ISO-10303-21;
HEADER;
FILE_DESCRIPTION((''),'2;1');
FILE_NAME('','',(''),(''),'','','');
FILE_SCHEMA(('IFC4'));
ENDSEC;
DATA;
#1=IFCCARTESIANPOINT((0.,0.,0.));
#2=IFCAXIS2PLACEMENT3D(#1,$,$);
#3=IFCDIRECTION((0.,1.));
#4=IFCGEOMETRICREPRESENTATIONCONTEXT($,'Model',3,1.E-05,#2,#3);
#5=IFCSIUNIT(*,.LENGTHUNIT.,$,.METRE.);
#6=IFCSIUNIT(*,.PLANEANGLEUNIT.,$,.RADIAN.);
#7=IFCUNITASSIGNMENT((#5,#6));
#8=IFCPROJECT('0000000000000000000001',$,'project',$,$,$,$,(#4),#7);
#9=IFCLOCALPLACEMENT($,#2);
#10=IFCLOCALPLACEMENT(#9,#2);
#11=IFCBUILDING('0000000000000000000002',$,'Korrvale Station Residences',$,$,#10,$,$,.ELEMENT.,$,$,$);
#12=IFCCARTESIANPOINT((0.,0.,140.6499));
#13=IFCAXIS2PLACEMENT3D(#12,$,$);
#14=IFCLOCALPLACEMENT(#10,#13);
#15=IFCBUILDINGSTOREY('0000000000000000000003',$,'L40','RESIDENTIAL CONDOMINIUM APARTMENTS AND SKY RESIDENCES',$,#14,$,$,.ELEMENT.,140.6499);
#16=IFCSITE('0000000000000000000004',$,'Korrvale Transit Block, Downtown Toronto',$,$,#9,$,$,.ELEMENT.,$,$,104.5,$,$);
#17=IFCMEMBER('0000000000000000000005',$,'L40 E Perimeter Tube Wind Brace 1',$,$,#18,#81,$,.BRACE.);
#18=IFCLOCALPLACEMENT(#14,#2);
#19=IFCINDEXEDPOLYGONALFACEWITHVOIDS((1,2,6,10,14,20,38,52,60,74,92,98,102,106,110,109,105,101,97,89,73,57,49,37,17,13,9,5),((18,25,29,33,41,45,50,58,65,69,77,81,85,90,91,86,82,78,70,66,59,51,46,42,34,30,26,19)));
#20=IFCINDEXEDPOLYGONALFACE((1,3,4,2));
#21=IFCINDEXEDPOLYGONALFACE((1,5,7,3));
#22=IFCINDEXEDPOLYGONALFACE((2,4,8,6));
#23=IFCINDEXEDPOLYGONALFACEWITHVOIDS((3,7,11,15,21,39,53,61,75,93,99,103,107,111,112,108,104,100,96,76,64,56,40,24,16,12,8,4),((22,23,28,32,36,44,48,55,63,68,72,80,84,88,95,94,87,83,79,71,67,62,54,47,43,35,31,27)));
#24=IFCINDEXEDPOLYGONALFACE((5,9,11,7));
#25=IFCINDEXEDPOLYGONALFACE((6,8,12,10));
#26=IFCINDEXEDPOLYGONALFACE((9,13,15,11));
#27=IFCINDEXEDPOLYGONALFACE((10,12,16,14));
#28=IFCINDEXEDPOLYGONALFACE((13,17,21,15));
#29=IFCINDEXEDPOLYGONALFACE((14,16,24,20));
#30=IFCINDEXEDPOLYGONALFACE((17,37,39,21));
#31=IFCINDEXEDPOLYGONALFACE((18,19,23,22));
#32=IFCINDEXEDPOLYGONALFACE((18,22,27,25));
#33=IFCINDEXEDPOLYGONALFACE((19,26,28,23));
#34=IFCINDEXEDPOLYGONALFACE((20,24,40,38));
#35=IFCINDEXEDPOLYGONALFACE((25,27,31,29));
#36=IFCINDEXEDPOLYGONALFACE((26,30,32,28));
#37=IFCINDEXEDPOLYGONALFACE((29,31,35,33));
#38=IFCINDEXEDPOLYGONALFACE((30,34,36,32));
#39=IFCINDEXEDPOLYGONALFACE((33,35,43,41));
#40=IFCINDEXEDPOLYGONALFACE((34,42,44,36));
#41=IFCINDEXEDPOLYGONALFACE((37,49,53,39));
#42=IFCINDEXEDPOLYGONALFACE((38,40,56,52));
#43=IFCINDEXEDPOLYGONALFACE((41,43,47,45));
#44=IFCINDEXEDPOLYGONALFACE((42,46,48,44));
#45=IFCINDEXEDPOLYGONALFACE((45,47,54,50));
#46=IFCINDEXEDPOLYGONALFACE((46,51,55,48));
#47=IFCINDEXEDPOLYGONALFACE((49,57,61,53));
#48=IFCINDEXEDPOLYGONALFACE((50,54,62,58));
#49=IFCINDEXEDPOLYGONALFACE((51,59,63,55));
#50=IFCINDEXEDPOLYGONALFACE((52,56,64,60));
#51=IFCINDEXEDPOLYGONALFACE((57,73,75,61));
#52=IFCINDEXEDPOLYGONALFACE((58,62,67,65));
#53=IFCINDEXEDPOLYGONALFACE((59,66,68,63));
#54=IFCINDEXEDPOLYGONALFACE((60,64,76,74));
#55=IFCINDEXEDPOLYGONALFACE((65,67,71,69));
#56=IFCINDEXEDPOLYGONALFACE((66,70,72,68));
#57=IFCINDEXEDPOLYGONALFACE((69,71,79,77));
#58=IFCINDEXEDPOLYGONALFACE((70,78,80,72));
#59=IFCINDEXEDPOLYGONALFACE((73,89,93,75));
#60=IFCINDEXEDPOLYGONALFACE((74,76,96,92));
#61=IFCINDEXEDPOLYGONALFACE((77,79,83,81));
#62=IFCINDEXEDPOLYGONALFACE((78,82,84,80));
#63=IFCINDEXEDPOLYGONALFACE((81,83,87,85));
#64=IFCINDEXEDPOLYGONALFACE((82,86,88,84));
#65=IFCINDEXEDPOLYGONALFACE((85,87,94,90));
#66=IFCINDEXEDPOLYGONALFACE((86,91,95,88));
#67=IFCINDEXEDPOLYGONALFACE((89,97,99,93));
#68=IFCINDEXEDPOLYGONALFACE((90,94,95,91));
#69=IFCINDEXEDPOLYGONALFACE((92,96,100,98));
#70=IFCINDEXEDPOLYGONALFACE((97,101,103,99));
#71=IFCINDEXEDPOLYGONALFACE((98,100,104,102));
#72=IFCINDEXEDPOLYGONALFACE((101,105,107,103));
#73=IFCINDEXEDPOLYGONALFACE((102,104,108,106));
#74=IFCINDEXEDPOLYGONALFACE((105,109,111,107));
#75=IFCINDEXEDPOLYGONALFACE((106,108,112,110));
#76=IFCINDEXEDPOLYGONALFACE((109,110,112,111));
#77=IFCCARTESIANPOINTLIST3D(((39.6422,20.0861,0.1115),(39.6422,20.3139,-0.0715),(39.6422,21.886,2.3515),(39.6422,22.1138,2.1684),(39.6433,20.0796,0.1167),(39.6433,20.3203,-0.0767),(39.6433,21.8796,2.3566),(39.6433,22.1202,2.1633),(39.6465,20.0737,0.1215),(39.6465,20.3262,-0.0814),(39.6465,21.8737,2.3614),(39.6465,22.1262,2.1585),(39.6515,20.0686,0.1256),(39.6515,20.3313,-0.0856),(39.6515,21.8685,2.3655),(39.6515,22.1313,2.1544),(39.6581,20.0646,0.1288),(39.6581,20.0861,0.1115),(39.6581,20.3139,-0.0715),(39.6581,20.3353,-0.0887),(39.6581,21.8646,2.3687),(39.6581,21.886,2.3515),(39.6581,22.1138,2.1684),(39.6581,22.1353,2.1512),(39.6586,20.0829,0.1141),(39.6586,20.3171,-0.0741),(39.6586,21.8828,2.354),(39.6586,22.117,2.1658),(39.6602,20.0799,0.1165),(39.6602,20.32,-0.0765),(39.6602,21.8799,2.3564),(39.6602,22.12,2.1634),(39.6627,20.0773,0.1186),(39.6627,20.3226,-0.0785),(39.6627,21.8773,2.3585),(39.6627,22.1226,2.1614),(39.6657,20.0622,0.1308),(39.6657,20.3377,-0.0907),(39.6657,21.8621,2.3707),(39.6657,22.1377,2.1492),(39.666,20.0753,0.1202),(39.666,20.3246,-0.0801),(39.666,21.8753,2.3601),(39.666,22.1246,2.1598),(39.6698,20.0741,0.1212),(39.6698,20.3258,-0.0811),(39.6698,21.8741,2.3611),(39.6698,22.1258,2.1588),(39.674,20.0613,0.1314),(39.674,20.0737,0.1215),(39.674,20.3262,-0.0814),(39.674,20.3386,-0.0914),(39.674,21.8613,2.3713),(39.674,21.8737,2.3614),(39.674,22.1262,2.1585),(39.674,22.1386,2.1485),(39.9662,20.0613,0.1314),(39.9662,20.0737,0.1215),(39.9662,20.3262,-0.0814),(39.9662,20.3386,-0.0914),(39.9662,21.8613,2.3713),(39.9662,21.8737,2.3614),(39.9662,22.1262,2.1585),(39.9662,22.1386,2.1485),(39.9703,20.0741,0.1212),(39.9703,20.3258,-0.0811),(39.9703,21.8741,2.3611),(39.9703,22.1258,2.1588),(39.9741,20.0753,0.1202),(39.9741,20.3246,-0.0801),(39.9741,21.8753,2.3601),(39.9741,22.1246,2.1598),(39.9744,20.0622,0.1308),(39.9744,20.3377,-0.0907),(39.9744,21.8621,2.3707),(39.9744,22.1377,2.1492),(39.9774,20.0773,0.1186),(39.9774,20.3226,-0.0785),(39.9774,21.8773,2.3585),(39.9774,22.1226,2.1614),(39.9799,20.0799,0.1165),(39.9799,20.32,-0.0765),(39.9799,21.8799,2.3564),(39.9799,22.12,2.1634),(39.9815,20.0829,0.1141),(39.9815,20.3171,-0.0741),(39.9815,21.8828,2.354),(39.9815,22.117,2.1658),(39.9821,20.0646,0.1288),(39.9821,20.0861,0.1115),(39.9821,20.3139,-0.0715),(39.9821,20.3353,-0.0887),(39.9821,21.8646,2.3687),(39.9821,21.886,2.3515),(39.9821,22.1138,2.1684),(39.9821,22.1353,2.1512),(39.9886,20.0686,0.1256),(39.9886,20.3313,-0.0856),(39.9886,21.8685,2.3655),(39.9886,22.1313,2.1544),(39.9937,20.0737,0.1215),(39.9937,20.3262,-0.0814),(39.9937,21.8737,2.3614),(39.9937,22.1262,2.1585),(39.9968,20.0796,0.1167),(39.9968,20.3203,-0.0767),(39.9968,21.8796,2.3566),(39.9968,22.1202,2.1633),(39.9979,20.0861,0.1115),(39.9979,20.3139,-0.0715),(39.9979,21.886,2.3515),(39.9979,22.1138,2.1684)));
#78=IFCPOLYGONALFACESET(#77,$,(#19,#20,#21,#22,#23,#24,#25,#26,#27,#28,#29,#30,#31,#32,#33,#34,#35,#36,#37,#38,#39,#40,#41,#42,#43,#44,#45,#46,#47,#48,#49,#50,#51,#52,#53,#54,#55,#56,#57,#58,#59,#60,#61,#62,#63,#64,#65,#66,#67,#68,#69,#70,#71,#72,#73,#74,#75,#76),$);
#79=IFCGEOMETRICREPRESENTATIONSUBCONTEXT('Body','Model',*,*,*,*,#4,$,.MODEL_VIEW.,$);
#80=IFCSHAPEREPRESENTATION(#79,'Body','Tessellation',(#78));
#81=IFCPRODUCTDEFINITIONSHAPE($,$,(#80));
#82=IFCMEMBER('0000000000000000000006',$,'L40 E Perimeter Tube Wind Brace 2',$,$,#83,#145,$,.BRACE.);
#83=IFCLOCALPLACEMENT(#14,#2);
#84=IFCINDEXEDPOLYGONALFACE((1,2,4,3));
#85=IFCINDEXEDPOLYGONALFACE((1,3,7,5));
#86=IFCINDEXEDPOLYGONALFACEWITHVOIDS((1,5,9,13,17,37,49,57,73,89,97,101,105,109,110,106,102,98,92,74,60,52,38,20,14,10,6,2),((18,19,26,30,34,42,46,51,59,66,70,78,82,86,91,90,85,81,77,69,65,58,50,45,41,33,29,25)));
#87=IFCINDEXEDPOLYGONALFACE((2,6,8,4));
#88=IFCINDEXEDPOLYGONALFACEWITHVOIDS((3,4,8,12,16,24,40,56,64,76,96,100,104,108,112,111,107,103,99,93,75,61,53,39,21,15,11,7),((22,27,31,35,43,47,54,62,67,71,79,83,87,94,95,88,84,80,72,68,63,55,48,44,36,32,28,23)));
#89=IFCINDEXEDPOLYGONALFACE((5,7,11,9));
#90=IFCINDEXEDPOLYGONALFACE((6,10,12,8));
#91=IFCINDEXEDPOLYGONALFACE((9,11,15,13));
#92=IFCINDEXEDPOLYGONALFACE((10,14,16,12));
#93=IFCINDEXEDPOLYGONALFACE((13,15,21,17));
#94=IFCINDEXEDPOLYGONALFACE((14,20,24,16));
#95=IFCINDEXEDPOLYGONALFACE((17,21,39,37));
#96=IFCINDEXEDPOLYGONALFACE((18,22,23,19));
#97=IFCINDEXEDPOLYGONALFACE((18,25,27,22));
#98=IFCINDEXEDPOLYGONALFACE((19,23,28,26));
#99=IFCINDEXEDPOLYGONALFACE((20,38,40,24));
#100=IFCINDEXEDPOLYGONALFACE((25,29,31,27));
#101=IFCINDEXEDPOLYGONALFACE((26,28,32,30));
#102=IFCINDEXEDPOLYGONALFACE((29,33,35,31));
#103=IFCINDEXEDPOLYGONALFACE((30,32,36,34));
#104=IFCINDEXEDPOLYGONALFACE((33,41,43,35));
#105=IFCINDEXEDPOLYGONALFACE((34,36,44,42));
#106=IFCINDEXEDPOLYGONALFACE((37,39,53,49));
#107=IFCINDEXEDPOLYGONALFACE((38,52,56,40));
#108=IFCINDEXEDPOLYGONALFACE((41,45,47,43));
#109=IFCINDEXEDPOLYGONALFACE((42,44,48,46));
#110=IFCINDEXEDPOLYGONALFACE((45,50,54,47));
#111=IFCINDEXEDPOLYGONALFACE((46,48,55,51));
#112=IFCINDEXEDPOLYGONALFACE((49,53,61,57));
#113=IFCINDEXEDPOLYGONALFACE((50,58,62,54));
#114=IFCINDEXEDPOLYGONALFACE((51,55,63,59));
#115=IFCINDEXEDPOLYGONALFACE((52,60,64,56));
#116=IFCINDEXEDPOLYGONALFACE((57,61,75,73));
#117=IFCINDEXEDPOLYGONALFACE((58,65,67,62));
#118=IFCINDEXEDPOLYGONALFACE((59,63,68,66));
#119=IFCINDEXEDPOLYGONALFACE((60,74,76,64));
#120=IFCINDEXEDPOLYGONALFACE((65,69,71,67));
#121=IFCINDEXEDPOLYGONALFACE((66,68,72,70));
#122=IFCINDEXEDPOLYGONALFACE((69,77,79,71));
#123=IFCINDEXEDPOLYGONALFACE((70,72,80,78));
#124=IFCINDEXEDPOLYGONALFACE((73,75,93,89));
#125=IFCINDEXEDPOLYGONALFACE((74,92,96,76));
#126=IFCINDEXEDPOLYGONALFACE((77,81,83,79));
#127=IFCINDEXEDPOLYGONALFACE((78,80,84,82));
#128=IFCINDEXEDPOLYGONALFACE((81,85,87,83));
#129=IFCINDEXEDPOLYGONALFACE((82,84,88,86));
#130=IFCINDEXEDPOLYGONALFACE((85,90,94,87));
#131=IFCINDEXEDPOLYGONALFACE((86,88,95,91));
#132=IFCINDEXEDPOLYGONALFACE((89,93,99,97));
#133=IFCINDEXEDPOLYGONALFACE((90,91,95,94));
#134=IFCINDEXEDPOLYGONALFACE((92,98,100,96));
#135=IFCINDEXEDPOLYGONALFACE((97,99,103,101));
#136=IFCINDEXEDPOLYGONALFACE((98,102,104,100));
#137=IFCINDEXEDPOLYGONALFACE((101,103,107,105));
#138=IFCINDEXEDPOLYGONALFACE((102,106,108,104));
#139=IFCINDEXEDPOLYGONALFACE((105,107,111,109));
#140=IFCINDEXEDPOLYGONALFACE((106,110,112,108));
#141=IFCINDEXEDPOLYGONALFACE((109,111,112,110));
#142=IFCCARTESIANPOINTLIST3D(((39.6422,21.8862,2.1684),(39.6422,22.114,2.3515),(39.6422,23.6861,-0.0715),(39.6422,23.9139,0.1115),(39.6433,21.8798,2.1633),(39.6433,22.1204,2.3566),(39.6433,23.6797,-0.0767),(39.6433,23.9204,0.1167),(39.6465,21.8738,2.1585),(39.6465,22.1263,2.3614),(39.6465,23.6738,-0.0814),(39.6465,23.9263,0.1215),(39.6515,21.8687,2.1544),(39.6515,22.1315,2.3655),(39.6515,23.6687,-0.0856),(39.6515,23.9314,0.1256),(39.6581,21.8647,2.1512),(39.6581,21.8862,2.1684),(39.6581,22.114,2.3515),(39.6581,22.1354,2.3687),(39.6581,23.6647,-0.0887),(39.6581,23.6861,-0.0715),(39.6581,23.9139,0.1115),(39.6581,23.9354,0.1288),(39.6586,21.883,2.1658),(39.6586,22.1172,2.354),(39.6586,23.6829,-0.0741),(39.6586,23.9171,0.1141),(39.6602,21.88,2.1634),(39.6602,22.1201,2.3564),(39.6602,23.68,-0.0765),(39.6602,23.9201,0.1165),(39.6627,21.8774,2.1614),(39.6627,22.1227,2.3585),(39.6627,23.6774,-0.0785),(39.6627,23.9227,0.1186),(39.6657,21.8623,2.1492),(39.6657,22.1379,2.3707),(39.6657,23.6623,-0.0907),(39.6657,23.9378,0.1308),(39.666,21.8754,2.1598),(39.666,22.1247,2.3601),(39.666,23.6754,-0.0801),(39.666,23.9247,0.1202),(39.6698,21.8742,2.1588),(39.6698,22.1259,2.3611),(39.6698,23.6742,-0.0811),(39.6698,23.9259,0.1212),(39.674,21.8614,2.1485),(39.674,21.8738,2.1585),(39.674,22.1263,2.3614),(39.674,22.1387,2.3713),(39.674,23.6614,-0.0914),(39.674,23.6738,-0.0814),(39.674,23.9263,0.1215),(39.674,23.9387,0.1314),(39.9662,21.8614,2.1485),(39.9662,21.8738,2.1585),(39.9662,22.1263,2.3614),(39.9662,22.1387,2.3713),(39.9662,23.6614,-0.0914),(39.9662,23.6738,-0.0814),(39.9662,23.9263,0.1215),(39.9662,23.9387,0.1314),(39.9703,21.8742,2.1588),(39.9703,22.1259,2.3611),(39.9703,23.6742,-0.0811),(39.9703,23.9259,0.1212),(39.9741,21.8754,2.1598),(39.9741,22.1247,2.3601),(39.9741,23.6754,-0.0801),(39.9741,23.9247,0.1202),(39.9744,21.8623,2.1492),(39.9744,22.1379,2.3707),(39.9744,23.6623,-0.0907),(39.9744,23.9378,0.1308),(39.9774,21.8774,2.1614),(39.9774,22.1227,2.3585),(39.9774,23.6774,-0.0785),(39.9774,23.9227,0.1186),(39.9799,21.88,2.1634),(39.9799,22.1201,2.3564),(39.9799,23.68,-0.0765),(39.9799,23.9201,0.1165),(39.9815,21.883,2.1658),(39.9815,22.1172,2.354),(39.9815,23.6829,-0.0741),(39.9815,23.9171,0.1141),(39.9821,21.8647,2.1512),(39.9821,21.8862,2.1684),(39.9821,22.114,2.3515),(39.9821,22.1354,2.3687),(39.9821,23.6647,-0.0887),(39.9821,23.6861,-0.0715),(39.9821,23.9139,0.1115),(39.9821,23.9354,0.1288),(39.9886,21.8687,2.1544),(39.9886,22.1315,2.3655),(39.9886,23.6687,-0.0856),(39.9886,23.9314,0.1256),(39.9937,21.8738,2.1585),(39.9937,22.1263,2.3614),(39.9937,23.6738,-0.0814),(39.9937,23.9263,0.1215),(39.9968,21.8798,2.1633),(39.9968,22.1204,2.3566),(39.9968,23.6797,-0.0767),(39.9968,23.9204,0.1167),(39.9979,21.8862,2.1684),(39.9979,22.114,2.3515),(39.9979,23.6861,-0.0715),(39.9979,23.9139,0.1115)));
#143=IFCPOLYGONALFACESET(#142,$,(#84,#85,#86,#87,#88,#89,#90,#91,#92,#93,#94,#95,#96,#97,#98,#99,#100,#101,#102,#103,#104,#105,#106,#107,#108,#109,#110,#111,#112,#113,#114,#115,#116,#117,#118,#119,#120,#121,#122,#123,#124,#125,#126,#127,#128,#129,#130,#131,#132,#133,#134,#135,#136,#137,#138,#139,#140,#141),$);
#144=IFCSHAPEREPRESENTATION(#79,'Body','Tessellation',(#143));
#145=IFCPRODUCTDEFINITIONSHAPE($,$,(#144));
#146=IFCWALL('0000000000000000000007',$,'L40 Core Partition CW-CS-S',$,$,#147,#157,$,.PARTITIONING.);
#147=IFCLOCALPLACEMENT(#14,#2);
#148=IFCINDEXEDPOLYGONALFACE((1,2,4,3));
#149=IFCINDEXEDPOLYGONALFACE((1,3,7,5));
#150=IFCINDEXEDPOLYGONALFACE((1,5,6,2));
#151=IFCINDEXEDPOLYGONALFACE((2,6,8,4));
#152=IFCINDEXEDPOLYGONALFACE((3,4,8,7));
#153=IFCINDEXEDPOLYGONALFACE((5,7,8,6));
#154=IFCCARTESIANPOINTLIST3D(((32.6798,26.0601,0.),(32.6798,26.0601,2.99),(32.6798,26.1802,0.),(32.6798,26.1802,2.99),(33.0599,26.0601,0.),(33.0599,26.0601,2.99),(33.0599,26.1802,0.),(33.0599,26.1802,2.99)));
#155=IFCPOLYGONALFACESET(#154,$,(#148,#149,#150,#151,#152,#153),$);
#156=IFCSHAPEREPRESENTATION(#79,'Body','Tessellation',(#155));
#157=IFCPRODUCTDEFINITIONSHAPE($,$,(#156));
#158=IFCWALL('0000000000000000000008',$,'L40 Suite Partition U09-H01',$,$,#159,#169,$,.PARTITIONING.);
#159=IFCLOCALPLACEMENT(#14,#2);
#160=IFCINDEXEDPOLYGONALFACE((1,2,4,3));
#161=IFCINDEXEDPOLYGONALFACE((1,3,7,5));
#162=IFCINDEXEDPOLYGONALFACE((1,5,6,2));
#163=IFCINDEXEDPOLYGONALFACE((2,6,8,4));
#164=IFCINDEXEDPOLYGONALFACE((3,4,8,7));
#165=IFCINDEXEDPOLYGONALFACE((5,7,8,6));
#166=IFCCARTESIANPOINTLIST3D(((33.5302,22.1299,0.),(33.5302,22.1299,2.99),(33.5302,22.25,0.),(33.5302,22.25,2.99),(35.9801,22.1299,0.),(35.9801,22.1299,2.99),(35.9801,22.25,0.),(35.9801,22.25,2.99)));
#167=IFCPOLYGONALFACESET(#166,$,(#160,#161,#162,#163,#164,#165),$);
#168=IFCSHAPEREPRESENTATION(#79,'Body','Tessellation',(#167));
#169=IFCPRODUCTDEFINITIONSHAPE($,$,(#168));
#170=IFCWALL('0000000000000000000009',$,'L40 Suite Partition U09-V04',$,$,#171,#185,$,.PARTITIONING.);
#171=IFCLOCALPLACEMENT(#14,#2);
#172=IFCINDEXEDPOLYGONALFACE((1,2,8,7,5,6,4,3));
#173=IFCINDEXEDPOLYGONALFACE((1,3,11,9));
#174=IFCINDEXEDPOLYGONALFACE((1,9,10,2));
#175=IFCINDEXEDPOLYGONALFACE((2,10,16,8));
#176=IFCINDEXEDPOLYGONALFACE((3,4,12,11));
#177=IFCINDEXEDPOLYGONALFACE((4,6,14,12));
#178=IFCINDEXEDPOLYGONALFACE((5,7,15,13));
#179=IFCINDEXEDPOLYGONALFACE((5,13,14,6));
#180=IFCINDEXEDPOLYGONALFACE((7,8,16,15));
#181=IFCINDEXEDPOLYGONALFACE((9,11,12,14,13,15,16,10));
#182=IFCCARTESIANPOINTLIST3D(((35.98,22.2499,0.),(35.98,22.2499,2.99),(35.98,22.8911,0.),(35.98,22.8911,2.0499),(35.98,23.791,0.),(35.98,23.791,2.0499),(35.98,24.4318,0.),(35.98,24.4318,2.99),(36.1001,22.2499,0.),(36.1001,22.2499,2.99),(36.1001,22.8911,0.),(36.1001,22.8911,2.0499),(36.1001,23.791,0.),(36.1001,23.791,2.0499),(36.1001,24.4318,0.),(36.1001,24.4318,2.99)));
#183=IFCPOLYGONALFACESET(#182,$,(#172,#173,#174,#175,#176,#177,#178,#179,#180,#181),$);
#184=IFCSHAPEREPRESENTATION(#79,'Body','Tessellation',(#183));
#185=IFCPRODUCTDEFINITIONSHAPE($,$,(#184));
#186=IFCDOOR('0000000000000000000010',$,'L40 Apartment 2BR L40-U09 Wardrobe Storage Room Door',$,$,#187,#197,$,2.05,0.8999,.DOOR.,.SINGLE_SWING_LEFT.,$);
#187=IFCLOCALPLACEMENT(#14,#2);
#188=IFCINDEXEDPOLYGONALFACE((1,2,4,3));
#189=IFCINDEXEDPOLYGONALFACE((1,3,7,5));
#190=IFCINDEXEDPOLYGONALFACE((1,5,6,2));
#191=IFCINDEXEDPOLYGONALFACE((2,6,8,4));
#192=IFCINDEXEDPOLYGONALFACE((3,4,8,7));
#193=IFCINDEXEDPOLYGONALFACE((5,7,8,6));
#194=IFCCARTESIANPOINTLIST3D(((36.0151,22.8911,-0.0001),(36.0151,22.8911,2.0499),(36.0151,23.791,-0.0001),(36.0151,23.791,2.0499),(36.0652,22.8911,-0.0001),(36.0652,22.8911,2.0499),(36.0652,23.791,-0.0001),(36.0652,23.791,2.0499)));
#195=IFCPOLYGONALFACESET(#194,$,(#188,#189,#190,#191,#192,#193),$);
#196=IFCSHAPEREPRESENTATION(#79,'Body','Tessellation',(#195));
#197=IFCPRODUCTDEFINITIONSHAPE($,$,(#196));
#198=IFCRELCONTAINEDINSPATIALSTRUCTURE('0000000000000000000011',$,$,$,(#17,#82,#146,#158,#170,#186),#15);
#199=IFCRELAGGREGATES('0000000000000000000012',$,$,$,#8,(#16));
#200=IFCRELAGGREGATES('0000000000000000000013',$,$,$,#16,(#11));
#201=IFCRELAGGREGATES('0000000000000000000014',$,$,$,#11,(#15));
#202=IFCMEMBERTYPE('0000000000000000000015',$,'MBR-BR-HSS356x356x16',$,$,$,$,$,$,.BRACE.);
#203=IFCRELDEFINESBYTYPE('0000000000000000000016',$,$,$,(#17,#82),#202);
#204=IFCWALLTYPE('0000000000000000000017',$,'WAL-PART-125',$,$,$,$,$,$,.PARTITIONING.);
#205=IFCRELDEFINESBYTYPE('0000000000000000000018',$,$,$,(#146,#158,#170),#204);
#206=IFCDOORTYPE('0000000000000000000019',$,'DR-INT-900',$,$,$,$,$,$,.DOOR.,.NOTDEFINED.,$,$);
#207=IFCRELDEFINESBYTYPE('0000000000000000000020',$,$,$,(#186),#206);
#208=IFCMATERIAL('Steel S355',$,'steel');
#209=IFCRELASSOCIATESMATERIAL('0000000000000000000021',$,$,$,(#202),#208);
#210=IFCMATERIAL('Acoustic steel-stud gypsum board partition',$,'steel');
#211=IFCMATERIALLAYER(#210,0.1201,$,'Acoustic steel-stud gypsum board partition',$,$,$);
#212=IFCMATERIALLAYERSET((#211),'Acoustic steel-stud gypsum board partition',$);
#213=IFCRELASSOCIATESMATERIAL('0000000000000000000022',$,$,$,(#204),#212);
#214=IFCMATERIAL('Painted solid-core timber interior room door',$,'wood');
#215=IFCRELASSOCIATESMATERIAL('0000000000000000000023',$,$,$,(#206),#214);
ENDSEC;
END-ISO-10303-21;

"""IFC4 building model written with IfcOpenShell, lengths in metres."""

from ifc_helpers import new_model, si_unit, direction, frame, frame_2d, origin, origin_2d, place, context, subcontext, project, spatial, rectangle, hollow_rectangle, extrude, material, layer, layer_set, material_profile, profile_set, type_object, element, fill, save


model = new_model("IFC4")

# Units and contexts
model_context = context("Model", 3, precision=1e-05, world=origin(), true_north=direction((0.0, 1.0)))
body_context = subcontext(model_context, "Body", "Model", "MODEL_VIEW")
ifc_project = project(units=[si_unit("LENGTHUNIT", "METRE"), si_unit("PLANEANGLEUNIT", "RADIAN")], contexts=[model_context])

# Site, building, storey
site_placement = place(None, origin())
site = spatial("IfcSite", under=ifc_project, at=site_placement, Name="Korrvale Transit Block, Downtown Toronto", CompositionType="ELEMENT", RefElevation=104.5)
building_placement = place(site_placement, origin())
building = spatial("IfcBuilding", under=site, at=building_placement, Name="Korrvale Station Residences", CompositionType="ELEMENT")
storey_placement = place(building_placement, frame((0.0, 0.0, 140.6499)))
storey = spatial("IfcBuildingStorey", under=building, at=storey_placement, Name="L40", Description="RESIDENTIAL CONDOMINIUM APARTMENTS AND SKY RESIDENCES", CompositionType="ELEMENT", Elevation=140.6499)

# Shared definitions
ifc_material_1 = material(Name="Steel S355", Category="steel")

# Members
ifc_material_profile_1 = material_profile(ifc_material_1, hollow_rectangle(XDim=0.3557, YDim=0.3557, WallThickness=0.0159, InnerFilletRadius=0.0159, OuterFilletRadius=0.0317, at=origin_2d()), Name="HSS356x356x16")
ifc_profile_set_1 = profile_set([ifc_material_profile_1], Name="Steel S355")
member_type = type_object("IfcMemberType", Name="MBR-BR-HSS356x356x16", PredefinedType="BRACE", material=ifc_profile_set_1)
for number, where, z_axis, x_axis, name in (
    (1, (39.8201, 20.2, 0.02), (0.0, 0.626403, 0.779499), (-1.0, 0.0, 0.0), "L40 E Perimeter Tube Wind Brace 1"),
    (2, (39.8201, 23.8, 0.02), (0.0, -0.626403, 0.779499), (1.0, 0.0, 0.0), "L40 E Perimeter Tube Wind Brace 2"),
):
    element("IfcMember", number, at=place(storey_placement, frame(where, z_axis=z_axis, x_axis=x_axis)), inside=storey, type_object=member_type, Name=name, PredefinedType="BRACE", context=body_context, shape_type="SweptSolid", body=[
        extrude(hollow_rectangle(XDim=0.3557, YDim=0.3557, WallThickness=0.0159, InnerFilletRadius=0.0159, OuterFilletRadius=0.0317, at=origin_2d()), origin(), (0.0, 0.0, 1.0), 2.8735),
    ])

# Walls
ifc_material_2 = material(Name="Acoustic steel-stud gypsum board partition", Category="steel")
ifc_layer_1 = layer(ifc_material_2, 0.1201, Name="Acoustic steel-stud gypsum board partition")
ifc_layer_set_1 = layer_set([ifc_layer_1], Name="Acoustic steel-stud gypsum board partition")
wall_type_1 = type_object("IfcWallType", Name="WAL-PART-125", PredefinedType="PARTITIONING", material=ifc_layer_set_1)
wall_1_placement = place(storey_placement, frame((32.6799, 26.1201, 0.0), z_axis=(0.0, 0.0, 1.0), x_axis=(1.0, 0.0, 0.0)))
element("IfcWall", 3, at=wall_1_placement, inside=storey, type_object=wall_type_1, Name="L40 Core Partition CW-CS-S", PredefinedType="PARTITIONING", context=body_context, shape_type="SweptSolid", body=[
    extrude(rectangle(XDim=0.3801, YDim=0.1201, at=frame_2d((0.1899, 0.0))), origin(), (0.0, 0.0, 1.0), 2.99),
])
wall_2_placement = place(storey_placement, frame((33.53, 22.1899, 0.0), z_axis=(0.0, 0.0, 1.0), x_axis=(1.0, 0.0, 0.0)))
element("IfcWall", 4, at=wall_2_placement, inside=storey, type_object=wall_type_1, Name="L40 Suite Partition U09-H01", PredefinedType="PARTITIONING", context=body_context, shape_type="SweptSolid", body=[
    extrude(rectangle(XDim=2.45, YDim=0.1201, at=frame_2d((1.2251, 0.0))), origin(), (0.0, 0.0, 1.0), 2.99),
])

# Wall, opening, door
wall_3_placement = place(storey_placement, frame((36.04, 22.25, 0.0), z_axis=(0.0, 0.0, 1.0), x_axis=(0.0, 1.0, 0.0)))
wall_3 = element("IfcWall", 5, at=wall_3_placement, inside=storey, type_object=wall_type_1, Name="L40 Suite Partition U09-V04", PredefinedType="PARTITIONING", context=body_context, shape_type="SweptSolid", body=[
    extrude(rectangle(XDim=2.1819, YDim=0.1201, at=frame_2d((1.0908, 0.0))), origin(), (0.0, 0.0, 1.0), 2.99),
])
opening_1_placement = place(wall_3_placement, frame((0.6411, 0.0, 0.0)))
opening_1 = element("IfcOpeningElement", 6, at=opening_1_placement, cuts=wall_3, PredefinedType="OPENING", context=body_context, shape_type="SweptSolid", body=[
    extrude(rectangle(XDim=0.8999, YDim=2.05, at=frame_2d((0.45, 1.0249))), frame((0.0, 0.0701, 0.0), z_axis=(0.0, -1.0, 0.0), x_axis=(1.0, 0.0, 0.0)), (0.0, 0.0, 1.0), 0.1401),
])
ifc_material_3 = material(Name="Painted solid-core timber interior room door", Category="wood")
door_type = type_object("IfcDoorType", Name="DR-INT-900", OperationType="NOTDEFINED", PredefinedType="DOOR", material=ifc_material_3)
door_1_placement = place(opening_1_placement, origin())
door_1 = element("IfcDoor", 7, at=door_1_placement, inside=storey, type_object=door_type, Name="L40 Apartment 2BR L40-U09 Wardrobe Storage Room Door", OperationType="SINGLE_SWING_LEFT", OverallHeight=2.05, OverallWidth=0.8999, PredefinedType="DOOR", context=body_context, shape_type="SweptSolid", body=[
    extrude(rectangle(XDim=0.8999, YDim=2.05, at=frame_2d((0.45, 1.0249))), frame((0.0, 0.0249, 0.0), z_axis=(0.0, -1.0, 0.0), x_axis=(1.0, 0.0, 0.0)), (0.0, 0.0, 1.0), 0.05),
])
fill(opening_1, door_1)

save(model, "model.ifc")
